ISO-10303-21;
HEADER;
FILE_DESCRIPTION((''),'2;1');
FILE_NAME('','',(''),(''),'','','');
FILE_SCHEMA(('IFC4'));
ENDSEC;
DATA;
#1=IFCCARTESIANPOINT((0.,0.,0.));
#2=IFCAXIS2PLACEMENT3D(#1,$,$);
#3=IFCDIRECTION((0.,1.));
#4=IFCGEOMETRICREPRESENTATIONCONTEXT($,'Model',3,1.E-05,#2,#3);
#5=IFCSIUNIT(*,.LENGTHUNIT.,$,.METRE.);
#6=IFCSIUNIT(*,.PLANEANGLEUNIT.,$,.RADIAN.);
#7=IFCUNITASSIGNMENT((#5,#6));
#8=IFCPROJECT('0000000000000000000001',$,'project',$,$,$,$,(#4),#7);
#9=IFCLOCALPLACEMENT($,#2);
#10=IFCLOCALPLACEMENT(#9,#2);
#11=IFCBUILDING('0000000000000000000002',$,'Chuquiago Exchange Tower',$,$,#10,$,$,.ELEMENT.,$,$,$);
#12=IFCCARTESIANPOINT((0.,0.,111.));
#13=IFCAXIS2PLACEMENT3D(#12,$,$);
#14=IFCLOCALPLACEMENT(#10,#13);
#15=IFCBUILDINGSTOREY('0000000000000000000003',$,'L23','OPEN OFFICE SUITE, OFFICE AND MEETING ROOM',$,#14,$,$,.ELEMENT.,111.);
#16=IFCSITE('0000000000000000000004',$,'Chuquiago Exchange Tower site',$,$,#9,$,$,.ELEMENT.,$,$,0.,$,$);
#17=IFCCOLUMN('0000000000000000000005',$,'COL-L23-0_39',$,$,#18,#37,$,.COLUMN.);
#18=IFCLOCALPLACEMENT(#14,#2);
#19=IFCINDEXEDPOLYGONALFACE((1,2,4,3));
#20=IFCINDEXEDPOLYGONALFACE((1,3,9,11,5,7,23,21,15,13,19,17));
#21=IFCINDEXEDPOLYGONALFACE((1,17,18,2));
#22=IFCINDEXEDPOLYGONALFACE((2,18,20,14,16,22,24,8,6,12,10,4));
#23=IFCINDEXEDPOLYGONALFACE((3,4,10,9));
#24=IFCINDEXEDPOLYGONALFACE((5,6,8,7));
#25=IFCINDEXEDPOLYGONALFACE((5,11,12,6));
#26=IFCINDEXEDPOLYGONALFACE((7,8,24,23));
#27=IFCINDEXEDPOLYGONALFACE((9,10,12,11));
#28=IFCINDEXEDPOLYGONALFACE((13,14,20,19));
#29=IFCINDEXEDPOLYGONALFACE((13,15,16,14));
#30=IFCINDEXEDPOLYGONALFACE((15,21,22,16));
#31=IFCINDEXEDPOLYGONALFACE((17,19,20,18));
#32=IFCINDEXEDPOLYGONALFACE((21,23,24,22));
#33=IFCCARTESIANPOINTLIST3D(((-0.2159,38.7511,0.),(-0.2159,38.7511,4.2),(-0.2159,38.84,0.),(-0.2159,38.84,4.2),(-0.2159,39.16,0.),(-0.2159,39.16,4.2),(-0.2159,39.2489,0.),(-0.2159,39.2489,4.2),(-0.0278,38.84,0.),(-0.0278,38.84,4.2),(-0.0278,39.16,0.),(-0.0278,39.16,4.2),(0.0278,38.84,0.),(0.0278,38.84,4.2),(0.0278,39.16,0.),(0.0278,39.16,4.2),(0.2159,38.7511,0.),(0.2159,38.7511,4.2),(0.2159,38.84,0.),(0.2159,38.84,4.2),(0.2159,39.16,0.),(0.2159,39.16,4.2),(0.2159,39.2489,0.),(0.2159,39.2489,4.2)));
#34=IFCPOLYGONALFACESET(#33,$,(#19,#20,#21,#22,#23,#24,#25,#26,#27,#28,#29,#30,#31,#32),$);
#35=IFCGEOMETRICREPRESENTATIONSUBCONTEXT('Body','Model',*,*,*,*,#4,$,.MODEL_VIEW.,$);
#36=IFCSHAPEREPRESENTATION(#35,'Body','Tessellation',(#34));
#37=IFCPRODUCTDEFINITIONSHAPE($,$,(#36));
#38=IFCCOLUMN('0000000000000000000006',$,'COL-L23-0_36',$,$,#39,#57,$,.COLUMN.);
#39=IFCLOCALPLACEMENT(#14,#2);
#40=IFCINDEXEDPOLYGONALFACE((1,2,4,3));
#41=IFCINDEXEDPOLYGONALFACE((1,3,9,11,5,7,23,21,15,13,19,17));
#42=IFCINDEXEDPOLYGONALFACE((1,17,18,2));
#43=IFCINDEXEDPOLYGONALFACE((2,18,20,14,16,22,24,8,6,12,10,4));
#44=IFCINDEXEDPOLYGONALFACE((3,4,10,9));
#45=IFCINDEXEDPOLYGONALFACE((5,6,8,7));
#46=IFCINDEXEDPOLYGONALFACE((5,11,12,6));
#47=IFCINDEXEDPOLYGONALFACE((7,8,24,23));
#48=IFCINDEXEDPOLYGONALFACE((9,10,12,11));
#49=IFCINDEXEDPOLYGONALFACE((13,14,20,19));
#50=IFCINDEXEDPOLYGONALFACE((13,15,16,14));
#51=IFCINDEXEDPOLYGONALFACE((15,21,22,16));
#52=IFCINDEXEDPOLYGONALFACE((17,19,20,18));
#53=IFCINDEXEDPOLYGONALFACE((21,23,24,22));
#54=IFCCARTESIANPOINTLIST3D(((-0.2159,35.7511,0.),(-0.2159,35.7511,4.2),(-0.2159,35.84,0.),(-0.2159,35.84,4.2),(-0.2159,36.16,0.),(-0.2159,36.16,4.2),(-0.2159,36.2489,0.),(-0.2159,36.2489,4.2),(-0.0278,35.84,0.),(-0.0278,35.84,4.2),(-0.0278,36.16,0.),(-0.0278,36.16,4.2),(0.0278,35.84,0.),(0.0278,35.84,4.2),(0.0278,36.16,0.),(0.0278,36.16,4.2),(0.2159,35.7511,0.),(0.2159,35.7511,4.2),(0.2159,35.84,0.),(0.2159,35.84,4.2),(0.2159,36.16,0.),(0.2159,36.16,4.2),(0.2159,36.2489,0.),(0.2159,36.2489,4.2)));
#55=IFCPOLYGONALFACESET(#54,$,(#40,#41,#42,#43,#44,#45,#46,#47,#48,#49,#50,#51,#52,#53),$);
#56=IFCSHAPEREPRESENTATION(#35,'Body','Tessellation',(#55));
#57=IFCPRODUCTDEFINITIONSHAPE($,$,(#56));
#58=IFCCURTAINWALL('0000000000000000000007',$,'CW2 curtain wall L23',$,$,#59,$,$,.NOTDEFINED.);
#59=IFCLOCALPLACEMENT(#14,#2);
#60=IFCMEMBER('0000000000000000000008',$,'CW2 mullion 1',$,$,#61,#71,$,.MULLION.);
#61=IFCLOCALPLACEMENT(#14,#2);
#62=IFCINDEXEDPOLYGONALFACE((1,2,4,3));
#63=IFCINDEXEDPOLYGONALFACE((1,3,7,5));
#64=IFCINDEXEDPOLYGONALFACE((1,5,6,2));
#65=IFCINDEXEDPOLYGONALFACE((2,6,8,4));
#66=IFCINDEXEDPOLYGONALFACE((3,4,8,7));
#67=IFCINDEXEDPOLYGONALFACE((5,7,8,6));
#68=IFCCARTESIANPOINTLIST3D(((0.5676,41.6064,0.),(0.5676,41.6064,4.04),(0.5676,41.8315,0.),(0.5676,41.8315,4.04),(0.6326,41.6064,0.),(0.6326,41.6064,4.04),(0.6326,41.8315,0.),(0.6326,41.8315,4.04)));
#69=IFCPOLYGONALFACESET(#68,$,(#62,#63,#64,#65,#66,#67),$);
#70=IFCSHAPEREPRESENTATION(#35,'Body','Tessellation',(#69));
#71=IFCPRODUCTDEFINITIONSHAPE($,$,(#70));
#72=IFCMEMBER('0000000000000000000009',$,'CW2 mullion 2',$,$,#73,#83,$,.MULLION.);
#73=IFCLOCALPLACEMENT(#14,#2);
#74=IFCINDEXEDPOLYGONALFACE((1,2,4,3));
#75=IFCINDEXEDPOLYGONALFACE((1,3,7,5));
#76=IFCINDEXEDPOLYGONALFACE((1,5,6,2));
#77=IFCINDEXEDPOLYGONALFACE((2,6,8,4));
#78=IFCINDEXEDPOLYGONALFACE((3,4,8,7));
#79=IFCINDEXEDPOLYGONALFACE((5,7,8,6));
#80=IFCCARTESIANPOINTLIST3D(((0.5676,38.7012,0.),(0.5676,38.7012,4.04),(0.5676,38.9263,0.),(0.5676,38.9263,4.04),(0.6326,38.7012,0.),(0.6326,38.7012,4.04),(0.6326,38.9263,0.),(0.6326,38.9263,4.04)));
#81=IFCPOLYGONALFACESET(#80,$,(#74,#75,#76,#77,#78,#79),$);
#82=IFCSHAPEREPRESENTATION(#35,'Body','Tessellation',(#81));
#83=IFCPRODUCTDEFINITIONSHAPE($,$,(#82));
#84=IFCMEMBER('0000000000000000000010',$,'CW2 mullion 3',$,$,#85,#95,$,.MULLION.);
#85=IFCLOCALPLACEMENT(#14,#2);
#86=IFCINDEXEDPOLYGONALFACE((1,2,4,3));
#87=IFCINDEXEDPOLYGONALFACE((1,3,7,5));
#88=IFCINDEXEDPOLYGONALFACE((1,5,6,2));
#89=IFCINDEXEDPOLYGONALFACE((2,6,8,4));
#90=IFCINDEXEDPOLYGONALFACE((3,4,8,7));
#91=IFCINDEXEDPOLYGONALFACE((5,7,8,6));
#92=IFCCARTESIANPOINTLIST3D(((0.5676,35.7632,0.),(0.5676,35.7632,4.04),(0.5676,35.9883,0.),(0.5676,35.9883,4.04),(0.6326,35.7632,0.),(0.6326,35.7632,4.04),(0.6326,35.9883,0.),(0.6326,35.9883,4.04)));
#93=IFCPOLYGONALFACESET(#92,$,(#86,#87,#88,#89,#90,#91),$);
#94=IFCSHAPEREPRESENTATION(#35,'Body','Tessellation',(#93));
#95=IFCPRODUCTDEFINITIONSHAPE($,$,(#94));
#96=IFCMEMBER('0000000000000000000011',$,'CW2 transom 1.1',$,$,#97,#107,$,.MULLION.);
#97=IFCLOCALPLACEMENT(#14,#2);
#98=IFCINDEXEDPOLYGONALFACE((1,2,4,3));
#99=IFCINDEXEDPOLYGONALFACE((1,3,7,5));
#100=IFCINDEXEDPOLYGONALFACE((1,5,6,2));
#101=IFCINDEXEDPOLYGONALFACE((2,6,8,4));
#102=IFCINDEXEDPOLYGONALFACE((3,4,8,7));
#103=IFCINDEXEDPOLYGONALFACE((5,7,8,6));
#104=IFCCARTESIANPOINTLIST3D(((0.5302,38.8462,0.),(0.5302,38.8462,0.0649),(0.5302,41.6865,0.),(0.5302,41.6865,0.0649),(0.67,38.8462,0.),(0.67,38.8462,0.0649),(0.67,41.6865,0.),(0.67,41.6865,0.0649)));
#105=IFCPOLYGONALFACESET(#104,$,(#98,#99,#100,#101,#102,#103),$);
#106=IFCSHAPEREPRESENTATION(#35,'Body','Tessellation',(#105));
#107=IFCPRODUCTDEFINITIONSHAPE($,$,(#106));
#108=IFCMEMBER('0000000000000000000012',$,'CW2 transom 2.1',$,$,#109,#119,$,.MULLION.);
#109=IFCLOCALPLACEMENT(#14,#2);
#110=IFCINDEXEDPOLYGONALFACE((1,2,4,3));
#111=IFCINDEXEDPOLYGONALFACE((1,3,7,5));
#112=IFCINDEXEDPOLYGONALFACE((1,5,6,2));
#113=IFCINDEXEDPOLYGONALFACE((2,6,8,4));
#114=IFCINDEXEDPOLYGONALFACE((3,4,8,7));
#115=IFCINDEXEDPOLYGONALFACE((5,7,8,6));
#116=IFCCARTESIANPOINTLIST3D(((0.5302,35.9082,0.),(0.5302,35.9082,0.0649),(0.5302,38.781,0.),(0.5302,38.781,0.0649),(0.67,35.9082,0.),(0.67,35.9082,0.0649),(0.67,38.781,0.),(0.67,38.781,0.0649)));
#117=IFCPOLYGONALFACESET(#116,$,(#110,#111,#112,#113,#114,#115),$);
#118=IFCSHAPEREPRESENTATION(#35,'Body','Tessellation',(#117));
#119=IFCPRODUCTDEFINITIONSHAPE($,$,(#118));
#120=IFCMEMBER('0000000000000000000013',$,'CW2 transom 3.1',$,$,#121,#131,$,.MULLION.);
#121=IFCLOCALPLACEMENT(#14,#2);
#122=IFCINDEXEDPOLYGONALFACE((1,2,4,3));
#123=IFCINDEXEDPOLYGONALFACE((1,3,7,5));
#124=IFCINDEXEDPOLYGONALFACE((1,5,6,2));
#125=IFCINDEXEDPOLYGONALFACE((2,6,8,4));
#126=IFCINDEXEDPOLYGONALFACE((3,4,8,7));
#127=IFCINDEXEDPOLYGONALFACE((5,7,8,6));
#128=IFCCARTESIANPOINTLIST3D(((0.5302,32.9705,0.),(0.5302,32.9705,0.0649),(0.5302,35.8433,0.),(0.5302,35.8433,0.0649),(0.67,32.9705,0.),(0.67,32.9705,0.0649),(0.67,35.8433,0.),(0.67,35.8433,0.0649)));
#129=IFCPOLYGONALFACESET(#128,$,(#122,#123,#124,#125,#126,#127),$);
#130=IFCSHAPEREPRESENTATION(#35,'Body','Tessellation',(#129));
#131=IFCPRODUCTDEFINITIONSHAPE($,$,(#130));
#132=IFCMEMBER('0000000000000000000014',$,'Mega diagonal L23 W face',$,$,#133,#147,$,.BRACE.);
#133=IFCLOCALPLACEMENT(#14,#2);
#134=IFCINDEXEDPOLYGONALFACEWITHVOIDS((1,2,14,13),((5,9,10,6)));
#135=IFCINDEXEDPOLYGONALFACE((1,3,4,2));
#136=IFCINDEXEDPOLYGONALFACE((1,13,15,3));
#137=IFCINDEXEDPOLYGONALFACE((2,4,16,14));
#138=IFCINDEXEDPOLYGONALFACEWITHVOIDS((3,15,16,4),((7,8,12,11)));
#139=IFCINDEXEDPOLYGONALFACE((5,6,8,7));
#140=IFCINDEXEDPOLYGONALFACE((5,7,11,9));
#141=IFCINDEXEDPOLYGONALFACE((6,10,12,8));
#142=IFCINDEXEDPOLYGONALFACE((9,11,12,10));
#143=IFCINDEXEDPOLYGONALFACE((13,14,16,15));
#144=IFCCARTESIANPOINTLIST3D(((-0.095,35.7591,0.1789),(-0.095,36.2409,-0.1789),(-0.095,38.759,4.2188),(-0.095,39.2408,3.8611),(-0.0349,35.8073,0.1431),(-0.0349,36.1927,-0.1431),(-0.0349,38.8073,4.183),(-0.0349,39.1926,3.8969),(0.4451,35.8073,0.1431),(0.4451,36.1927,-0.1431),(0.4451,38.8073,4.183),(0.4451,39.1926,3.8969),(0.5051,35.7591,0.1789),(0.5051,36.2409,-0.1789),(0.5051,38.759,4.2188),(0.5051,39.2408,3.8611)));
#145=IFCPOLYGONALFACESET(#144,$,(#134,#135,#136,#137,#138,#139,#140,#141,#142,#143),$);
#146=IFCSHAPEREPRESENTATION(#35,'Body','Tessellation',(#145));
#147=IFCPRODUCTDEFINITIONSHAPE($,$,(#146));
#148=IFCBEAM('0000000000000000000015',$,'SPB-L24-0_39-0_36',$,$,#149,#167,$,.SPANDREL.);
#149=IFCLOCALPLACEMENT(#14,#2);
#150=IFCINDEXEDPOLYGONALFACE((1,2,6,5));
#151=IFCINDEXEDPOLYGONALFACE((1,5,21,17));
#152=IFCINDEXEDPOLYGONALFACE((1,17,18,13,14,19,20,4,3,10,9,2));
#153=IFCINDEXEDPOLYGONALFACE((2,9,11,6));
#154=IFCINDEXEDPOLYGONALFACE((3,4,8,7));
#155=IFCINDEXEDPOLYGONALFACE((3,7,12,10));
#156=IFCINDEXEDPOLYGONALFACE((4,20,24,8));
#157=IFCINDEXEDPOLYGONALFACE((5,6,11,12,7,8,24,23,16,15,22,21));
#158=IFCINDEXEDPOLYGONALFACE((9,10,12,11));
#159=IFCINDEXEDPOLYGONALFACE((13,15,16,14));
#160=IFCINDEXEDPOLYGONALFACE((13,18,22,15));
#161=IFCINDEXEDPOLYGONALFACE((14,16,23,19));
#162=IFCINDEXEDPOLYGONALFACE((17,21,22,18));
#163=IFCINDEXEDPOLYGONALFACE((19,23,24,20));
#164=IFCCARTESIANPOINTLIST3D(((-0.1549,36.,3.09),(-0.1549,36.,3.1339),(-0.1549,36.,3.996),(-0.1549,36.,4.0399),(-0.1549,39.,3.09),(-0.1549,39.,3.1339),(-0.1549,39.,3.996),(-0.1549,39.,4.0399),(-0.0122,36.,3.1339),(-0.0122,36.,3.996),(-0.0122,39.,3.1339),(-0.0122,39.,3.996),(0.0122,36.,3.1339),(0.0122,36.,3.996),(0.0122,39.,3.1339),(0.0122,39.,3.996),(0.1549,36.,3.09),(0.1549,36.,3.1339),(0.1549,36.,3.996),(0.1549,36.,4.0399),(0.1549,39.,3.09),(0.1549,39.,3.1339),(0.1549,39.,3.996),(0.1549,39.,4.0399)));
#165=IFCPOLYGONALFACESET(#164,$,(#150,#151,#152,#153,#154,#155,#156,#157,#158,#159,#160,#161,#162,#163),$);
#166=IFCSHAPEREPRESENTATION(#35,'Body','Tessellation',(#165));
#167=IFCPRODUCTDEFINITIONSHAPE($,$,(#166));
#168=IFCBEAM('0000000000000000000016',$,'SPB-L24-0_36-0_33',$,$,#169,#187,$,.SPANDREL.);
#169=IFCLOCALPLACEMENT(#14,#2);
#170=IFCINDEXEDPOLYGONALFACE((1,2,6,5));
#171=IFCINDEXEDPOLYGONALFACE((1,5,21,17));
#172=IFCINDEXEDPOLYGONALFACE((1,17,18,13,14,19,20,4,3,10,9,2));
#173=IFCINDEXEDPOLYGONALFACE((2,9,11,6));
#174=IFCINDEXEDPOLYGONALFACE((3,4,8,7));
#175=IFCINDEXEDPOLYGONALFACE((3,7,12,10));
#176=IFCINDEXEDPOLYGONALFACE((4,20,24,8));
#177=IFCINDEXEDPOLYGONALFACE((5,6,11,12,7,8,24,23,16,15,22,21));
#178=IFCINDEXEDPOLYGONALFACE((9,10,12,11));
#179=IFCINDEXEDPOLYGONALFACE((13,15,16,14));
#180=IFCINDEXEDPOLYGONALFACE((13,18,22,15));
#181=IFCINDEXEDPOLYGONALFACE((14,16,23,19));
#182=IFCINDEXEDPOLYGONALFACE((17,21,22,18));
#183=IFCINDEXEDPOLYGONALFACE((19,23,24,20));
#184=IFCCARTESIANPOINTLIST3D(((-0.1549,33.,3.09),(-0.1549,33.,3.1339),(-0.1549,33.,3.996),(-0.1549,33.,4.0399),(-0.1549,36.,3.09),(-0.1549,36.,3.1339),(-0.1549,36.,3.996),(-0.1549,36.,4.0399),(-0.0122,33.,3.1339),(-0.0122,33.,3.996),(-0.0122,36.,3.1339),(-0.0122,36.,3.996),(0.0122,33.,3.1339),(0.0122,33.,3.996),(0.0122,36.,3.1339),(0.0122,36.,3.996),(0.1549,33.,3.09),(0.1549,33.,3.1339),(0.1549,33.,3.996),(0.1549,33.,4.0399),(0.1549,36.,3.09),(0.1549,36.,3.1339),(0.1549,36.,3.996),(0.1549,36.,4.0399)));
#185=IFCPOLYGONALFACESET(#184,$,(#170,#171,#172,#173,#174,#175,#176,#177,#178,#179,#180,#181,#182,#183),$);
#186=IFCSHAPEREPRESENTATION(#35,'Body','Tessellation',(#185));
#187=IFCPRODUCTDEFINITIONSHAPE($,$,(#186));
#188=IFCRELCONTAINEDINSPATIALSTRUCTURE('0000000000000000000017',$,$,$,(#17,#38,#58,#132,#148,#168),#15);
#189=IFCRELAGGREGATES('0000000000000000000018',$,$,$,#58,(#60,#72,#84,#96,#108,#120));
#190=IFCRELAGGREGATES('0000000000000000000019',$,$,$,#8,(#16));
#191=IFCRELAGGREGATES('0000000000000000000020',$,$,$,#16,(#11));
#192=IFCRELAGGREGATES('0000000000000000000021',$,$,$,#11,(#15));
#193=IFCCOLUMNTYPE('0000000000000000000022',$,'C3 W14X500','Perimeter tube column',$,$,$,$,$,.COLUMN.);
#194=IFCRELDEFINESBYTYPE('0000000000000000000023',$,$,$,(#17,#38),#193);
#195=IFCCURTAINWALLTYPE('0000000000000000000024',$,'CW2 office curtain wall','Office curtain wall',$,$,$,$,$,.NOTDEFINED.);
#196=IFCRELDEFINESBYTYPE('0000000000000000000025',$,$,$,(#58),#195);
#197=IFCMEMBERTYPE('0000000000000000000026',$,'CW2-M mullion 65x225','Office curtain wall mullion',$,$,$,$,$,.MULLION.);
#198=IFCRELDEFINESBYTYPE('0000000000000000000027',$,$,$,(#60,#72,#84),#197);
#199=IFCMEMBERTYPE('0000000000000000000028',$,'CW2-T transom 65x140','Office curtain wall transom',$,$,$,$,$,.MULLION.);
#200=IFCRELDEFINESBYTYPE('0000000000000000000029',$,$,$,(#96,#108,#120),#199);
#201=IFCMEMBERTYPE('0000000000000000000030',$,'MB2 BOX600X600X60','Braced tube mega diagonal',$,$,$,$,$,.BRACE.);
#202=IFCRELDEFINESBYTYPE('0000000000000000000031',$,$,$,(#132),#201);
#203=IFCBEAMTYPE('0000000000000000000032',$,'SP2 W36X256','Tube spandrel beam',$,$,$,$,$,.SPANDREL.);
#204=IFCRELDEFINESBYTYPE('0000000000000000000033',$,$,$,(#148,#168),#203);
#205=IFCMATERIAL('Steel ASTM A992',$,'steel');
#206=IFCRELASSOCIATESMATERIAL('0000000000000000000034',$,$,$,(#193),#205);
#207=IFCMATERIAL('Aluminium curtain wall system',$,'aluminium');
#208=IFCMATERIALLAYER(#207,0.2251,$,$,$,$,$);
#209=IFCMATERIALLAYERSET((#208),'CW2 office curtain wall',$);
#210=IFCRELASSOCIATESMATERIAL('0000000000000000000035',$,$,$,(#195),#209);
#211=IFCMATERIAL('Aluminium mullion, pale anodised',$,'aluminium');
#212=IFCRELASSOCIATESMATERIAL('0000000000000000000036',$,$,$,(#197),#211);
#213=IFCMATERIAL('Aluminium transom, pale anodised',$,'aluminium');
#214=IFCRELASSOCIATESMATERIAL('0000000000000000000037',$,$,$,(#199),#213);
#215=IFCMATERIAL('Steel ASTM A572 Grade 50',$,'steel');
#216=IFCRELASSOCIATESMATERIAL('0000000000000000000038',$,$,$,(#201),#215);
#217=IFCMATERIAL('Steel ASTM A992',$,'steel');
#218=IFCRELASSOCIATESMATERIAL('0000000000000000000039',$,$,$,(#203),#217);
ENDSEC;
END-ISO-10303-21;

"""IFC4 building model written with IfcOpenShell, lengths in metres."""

from ifc_helpers import new_model, si_unit, direction, frame, origin, origin_2d, place, context, subcontext, project, spatial, rectangle, hollow_rectangle, i_section, extrude, material, layer, layer_set, material_profile, profile_set, type_object, element, aggregate, save


model = new_model("IFC4")

# Units and contexts
model_context = context("Model", 3, precision=1e-05, world=origin(), true_north=direction((0.0, 1.0)))
body_context = subcontext(model_context, "Body", "Model", "MODEL_VIEW")
ifc_project = project(units=[si_unit("LENGTHUNIT", "METRE"), si_unit("PLANEANGLEUNIT", "RADIAN")], contexts=[model_context])

# Site, building, storey
site_placement = place(None, origin())
site = spatial("IfcSite", under=ifc_project, at=site_placement, Name="Chuquiago Exchange Tower site", CompositionType="ELEMENT", RefElevation=0.0)
building_placement = place(site_placement, origin())
building = spatial("IfcBuilding", under=site, at=building_placement, Name="Chuquiago Exchange Tower", CompositionType="ELEMENT")
storey_placement = place(building_placement, frame((0.0, 0.0, 111.0)))
storey = spatial("IfcBuildingStorey", under=building, at=storey_placement, Name="L23", Description="OPEN OFFICE SUITE, OFFICE AND MEETING ROOM", CompositionType="ELEMENT", Elevation=111.0)

# Columns
ifc_material_1 = material(Name="Steel ASTM A992", Category="steel")
ifc_material_profile_1 = material_profile(ifc_material_1, i_section(OverallWidth=0.4319, OverallDepth=0.4978, WebThickness=0.0557, FlangeThickness=0.0889, at=origin_2d()), Name="W14X500")
ifc_profile_set_1 = profile_set([ifc_material_profile_1], Name="Steel ASTM A992")
column_type = type_object("IfcColumnType", Name="C3 W14X500", Description="Perimeter tube column", PredefinedType="COLUMN", material=ifc_profile_set_1)
for number, where, z_axis, x_axis, name in (
    (1, (0.0, 39.0, 0.0), (0.0, 0.0, 1.0), (-1.0, 0.0, 0.0), "COL-L23-0_39"),
    (2, (0.0, 36.0, 0.0), (0.0, 0.0, 1.0), (-1.0, 0.0, 0.0), "COL-L23-0_36"),
):
    element("IfcColumn", number, at=place(storey_placement, frame(where, z_axis=z_axis, x_axis=x_axis)), inside=storey, type_object=column_type, Name=name, PredefinedType="COLUMN", context=body_context, shape_type="SweptSolid", body=[
        extrude(i_section(OverallWidth=0.4319, OverallDepth=0.4978, WebThickness=0.0557, FlangeThickness=0.0889, at=origin_2d()), origin(), (0.0, 0.0, 1.0), 4.2),
    ])

# Curtain wall, members
ifc_material_2 = material(Name="Aluminium curtain wall system", Category="aluminium")
ifc_layer_1 = layer(ifc_material_2, 0.2251)
ifc_layer_set_1 = layer_set([ifc_layer_1], Name="CW2 office curtain wall")
curtain_wall_type = type_object("IfcCurtainWallType", Name="CW2 office curtain wall", Description="Office curtain wall", PredefinedType="NOTDEFINED", material=ifc_layer_set_1)
curtain_wall_placement = place(storey_placement, origin())
curtain_wall = element("IfcCurtainWall", 3, at=curtain_wall_placement, inside=storey, type_object=curtain_wall_type, Name="CW2 curtain wall L23", PredefinedType="NOTDEFINED")
ifc_material_3 = material(Name="Aluminium mullion, pale anodised", Category="aluminium")
ifc_material_profile_2 = material_profile(ifc_material_3, rectangle(XDim=0.0649, YDim=0.2251, at=origin_2d()), Name="AL 65x225")
ifc_profile_set_2 = profile_set([ifc_material_profile_2], Name="Aluminium mullion, pale anodised")
member_type_1 = type_object("IfcMemberType", Name="CW2-M mullion 65x225", Description="Office curtain wall mullion", PredefinedType="MULLION", material=ifc_profile_set_2)
member_1_placement = place(storey_placement, frame((0.6001, 41.719, 0.0), z_axis=(0.0, 0.0, 1.0), x_axis=(1.0, 0.0, 0.0)))
member_1 = element("IfcMember", 4, at=member_1_placement, type_object=member_type_1, Name="CW2 mullion 1", PredefinedType="MULLION", context=body_context, shape_type="SweptSolid", body=[
    extrude(rectangle(XDim=0.0649, YDim=0.2251, at=origin_2d()), origin(), (0.0, 0.0, 1.0), 4.04),
])
member_2_placement = place(storey_placement, frame((0.6001, 38.8137, 0.0), z_axis=(0.0, 0.0, 1.0), x_axis=(1.0, 0.0, 0.0)))
member_2 = element("IfcMember", 5, at=member_2_placement, type_object=member_type_1, Name="CW2 mullion 2", PredefinedType="MULLION", context=body_context, shape_type="SweptSolid", body=[
    extrude(rectangle(XDim=0.0649, YDim=0.2251, at=origin_2d()), origin(), (0.0, 0.0, 1.0), 4.04),
])
member_3_placement = place(storey_placement, frame((0.6001, 35.8757, 0.0), z_axis=(0.0, 0.0, 1.0), x_axis=(1.0, 0.0, 0.0)))
member_3 = element("IfcMember", 6, at=member_3_placement, type_object=member_type_1, Name="CW2 mullion 3", PredefinedType="MULLION", context=body_context, shape_type="SweptSolid", body=[
    extrude(rectangle(XDim=0.0649, YDim=0.2251, at=origin_2d()), origin(), (0.0, 0.0, 1.0), 4.04),
])
ifc_material_4 = material(Name="Aluminium transom, pale anodised", Category="aluminium")
ifc_material_profile_3 = material_profile(ifc_material_4, rectangle(XDim=0.1399, YDim=0.0649, at=origin_2d()), Name="AL 140x65")
ifc_profile_set_3 = profile_set([ifc_material_profile_3], Name="Aluminium transom, pale anodised")
member_type_2 = type_object("IfcMemberType", Name="CW2-T transom 65x140", Description="Office curtain wall transom", PredefinedType="MULLION", material=ifc_profile_set_3)
member_4_placement = place(storey_placement, frame((0.6001, 41.6865, 0.0325), z_axis=(0.0, -1.0, 0.0), x_axis=(1.0, 0.0, 0.0)))
member_4 = element("IfcMember", 7, at=member_4_placement, type_object=member_type_2, Name="CW2 transom 1.1", PredefinedType="MULLION", context=body_context, shape_type="SweptSolid", body=[
    extrude(rectangle(XDim=0.1399, YDim=0.0649, at=origin_2d()), origin(), (0.0, 0.0, 1.0), 2.8403),
])
member_5_placement = place(storey_placement, frame((0.6001, 38.781, 0.0325), z_axis=(0.0, -1.0, 0.0), x_axis=(1.0, 0.0, 0.0)))
member_5 = element("IfcMember", 8, at=member_5_placement, type_object=member_type_2, Name="CW2 transom 2.1", PredefinedType="MULLION", context=body_context, shape_type="SweptSolid", body=[
    extrude(rectangle(XDim=0.1399, YDim=0.0649, at=origin_2d()), origin(), (0.0, 0.0, 1.0), 2.8728),
])
member_6_placement = place(storey_placement, frame((0.6001, 35.8433, 0.0325), z_axis=(0.0, -1.0, 0.0), x_axis=(1.0, 0.0, 0.0)))
member_6 = element("IfcMember", 9, at=member_6_placement, type_object=member_type_2, Name="CW2 transom 3.1", PredefinedType="MULLION", context=body_context, shape_type="SweptSolid", body=[
    extrude(rectangle(XDim=0.1399, YDim=0.0649, at=origin_2d()), origin(), (0.0, 0.0, 1.0), 2.8728),
])

# Member
ifc_material_5 = material(Name="Steel ASTM A572 Grade 50", Category="steel")
ifc_material_profile_4 = material_profile(ifc_material_5, hollow_rectangle(XDim=0.6001, YDim=0.6001, WallThickness=0.0601, at=origin_2d()), Name="BOX600X600X60")
ifc_profile_set_4 = profile_set([ifc_material_profile_4], Name="Steel ASTM A572 Grade 50")
member_type_3 = type_object("IfcMemberType", Name="MB2 BOX600X600X60", Description="Braced tube mega diagonal", PredefinedType="BRACE", material=ifc_profile_set_4)
member_7_placement = place(storey_placement, frame((0.2051, 36.0, 0.0), z_axis=(0.0, 0.596174, 0.802855), x_axis=(-1.0, 0.0, 0.0)))
element("IfcMember", 10, at=member_7_placement, inside=storey, type_object=member_type_3, Name="Mega diagonal L23 W face", PredefinedType="BRACE", context=body_context, shape_type="SweptSolid", body=[
    extrude(hollow_rectangle(XDim=0.6001, YDim=0.6001, WallThickness=0.0601, at=origin_2d()), origin(), (0.0, 0.0, 1.0), 5.032),
])

# Beams
ifc_material_6 = material(Name="Steel ASTM A992", Category="steel")
ifc_material_profile_5 = material_profile(ifc_material_6, i_section(OverallWidth=0.3098, OverallDepth=0.95, WebThickness=0.0244, FlangeThickness=0.0439, at=origin_2d()), Name="W36X256")
ifc_profile_set_5 = profile_set([ifc_material_profile_5], Name="Steel ASTM A992")
beam_type = type_object("IfcBeamType", Name="SP2 W36X256", Description="Tube spandrel beam", PredefinedType="SPANDREL", material=ifc_profile_set_5)
for number, where, z_axis, x_axis, name in (
    (11, (0.0, 39.0, 3.5649), (0.0, -1.0, 0.0), (1.0, 0.0, 0.0), "SPB-L24-0_39-0_36"),
    (12, (0.0, 36.0, 3.5649), (0.0, -1.0, 0.0), (1.0, 0.0, 0.0), "SPB-L24-0_36-0_33"),
):
    element("IfcBeam", number, at=place(storey_placement, frame(where, z_axis=z_axis, x_axis=x_axis)), inside=storey, type_object=beam_type, Name=name, PredefinedType="SPANDREL", context=body_context, shape_type="SweptSolid", body=[
        extrude(i_section(OverallWidth=0.3098, OverallDepth=0.95, WebThickness=0.0244, FlangeThickness=0.0439, at=origin_2d()), origin(), (0.0, 0.0, 1.0), 3.0),
    ])

aggregate(curtain_wall, [member_1, member_2, member_3, member_4, member_5, member_6])

save(model, "model.ifc")
